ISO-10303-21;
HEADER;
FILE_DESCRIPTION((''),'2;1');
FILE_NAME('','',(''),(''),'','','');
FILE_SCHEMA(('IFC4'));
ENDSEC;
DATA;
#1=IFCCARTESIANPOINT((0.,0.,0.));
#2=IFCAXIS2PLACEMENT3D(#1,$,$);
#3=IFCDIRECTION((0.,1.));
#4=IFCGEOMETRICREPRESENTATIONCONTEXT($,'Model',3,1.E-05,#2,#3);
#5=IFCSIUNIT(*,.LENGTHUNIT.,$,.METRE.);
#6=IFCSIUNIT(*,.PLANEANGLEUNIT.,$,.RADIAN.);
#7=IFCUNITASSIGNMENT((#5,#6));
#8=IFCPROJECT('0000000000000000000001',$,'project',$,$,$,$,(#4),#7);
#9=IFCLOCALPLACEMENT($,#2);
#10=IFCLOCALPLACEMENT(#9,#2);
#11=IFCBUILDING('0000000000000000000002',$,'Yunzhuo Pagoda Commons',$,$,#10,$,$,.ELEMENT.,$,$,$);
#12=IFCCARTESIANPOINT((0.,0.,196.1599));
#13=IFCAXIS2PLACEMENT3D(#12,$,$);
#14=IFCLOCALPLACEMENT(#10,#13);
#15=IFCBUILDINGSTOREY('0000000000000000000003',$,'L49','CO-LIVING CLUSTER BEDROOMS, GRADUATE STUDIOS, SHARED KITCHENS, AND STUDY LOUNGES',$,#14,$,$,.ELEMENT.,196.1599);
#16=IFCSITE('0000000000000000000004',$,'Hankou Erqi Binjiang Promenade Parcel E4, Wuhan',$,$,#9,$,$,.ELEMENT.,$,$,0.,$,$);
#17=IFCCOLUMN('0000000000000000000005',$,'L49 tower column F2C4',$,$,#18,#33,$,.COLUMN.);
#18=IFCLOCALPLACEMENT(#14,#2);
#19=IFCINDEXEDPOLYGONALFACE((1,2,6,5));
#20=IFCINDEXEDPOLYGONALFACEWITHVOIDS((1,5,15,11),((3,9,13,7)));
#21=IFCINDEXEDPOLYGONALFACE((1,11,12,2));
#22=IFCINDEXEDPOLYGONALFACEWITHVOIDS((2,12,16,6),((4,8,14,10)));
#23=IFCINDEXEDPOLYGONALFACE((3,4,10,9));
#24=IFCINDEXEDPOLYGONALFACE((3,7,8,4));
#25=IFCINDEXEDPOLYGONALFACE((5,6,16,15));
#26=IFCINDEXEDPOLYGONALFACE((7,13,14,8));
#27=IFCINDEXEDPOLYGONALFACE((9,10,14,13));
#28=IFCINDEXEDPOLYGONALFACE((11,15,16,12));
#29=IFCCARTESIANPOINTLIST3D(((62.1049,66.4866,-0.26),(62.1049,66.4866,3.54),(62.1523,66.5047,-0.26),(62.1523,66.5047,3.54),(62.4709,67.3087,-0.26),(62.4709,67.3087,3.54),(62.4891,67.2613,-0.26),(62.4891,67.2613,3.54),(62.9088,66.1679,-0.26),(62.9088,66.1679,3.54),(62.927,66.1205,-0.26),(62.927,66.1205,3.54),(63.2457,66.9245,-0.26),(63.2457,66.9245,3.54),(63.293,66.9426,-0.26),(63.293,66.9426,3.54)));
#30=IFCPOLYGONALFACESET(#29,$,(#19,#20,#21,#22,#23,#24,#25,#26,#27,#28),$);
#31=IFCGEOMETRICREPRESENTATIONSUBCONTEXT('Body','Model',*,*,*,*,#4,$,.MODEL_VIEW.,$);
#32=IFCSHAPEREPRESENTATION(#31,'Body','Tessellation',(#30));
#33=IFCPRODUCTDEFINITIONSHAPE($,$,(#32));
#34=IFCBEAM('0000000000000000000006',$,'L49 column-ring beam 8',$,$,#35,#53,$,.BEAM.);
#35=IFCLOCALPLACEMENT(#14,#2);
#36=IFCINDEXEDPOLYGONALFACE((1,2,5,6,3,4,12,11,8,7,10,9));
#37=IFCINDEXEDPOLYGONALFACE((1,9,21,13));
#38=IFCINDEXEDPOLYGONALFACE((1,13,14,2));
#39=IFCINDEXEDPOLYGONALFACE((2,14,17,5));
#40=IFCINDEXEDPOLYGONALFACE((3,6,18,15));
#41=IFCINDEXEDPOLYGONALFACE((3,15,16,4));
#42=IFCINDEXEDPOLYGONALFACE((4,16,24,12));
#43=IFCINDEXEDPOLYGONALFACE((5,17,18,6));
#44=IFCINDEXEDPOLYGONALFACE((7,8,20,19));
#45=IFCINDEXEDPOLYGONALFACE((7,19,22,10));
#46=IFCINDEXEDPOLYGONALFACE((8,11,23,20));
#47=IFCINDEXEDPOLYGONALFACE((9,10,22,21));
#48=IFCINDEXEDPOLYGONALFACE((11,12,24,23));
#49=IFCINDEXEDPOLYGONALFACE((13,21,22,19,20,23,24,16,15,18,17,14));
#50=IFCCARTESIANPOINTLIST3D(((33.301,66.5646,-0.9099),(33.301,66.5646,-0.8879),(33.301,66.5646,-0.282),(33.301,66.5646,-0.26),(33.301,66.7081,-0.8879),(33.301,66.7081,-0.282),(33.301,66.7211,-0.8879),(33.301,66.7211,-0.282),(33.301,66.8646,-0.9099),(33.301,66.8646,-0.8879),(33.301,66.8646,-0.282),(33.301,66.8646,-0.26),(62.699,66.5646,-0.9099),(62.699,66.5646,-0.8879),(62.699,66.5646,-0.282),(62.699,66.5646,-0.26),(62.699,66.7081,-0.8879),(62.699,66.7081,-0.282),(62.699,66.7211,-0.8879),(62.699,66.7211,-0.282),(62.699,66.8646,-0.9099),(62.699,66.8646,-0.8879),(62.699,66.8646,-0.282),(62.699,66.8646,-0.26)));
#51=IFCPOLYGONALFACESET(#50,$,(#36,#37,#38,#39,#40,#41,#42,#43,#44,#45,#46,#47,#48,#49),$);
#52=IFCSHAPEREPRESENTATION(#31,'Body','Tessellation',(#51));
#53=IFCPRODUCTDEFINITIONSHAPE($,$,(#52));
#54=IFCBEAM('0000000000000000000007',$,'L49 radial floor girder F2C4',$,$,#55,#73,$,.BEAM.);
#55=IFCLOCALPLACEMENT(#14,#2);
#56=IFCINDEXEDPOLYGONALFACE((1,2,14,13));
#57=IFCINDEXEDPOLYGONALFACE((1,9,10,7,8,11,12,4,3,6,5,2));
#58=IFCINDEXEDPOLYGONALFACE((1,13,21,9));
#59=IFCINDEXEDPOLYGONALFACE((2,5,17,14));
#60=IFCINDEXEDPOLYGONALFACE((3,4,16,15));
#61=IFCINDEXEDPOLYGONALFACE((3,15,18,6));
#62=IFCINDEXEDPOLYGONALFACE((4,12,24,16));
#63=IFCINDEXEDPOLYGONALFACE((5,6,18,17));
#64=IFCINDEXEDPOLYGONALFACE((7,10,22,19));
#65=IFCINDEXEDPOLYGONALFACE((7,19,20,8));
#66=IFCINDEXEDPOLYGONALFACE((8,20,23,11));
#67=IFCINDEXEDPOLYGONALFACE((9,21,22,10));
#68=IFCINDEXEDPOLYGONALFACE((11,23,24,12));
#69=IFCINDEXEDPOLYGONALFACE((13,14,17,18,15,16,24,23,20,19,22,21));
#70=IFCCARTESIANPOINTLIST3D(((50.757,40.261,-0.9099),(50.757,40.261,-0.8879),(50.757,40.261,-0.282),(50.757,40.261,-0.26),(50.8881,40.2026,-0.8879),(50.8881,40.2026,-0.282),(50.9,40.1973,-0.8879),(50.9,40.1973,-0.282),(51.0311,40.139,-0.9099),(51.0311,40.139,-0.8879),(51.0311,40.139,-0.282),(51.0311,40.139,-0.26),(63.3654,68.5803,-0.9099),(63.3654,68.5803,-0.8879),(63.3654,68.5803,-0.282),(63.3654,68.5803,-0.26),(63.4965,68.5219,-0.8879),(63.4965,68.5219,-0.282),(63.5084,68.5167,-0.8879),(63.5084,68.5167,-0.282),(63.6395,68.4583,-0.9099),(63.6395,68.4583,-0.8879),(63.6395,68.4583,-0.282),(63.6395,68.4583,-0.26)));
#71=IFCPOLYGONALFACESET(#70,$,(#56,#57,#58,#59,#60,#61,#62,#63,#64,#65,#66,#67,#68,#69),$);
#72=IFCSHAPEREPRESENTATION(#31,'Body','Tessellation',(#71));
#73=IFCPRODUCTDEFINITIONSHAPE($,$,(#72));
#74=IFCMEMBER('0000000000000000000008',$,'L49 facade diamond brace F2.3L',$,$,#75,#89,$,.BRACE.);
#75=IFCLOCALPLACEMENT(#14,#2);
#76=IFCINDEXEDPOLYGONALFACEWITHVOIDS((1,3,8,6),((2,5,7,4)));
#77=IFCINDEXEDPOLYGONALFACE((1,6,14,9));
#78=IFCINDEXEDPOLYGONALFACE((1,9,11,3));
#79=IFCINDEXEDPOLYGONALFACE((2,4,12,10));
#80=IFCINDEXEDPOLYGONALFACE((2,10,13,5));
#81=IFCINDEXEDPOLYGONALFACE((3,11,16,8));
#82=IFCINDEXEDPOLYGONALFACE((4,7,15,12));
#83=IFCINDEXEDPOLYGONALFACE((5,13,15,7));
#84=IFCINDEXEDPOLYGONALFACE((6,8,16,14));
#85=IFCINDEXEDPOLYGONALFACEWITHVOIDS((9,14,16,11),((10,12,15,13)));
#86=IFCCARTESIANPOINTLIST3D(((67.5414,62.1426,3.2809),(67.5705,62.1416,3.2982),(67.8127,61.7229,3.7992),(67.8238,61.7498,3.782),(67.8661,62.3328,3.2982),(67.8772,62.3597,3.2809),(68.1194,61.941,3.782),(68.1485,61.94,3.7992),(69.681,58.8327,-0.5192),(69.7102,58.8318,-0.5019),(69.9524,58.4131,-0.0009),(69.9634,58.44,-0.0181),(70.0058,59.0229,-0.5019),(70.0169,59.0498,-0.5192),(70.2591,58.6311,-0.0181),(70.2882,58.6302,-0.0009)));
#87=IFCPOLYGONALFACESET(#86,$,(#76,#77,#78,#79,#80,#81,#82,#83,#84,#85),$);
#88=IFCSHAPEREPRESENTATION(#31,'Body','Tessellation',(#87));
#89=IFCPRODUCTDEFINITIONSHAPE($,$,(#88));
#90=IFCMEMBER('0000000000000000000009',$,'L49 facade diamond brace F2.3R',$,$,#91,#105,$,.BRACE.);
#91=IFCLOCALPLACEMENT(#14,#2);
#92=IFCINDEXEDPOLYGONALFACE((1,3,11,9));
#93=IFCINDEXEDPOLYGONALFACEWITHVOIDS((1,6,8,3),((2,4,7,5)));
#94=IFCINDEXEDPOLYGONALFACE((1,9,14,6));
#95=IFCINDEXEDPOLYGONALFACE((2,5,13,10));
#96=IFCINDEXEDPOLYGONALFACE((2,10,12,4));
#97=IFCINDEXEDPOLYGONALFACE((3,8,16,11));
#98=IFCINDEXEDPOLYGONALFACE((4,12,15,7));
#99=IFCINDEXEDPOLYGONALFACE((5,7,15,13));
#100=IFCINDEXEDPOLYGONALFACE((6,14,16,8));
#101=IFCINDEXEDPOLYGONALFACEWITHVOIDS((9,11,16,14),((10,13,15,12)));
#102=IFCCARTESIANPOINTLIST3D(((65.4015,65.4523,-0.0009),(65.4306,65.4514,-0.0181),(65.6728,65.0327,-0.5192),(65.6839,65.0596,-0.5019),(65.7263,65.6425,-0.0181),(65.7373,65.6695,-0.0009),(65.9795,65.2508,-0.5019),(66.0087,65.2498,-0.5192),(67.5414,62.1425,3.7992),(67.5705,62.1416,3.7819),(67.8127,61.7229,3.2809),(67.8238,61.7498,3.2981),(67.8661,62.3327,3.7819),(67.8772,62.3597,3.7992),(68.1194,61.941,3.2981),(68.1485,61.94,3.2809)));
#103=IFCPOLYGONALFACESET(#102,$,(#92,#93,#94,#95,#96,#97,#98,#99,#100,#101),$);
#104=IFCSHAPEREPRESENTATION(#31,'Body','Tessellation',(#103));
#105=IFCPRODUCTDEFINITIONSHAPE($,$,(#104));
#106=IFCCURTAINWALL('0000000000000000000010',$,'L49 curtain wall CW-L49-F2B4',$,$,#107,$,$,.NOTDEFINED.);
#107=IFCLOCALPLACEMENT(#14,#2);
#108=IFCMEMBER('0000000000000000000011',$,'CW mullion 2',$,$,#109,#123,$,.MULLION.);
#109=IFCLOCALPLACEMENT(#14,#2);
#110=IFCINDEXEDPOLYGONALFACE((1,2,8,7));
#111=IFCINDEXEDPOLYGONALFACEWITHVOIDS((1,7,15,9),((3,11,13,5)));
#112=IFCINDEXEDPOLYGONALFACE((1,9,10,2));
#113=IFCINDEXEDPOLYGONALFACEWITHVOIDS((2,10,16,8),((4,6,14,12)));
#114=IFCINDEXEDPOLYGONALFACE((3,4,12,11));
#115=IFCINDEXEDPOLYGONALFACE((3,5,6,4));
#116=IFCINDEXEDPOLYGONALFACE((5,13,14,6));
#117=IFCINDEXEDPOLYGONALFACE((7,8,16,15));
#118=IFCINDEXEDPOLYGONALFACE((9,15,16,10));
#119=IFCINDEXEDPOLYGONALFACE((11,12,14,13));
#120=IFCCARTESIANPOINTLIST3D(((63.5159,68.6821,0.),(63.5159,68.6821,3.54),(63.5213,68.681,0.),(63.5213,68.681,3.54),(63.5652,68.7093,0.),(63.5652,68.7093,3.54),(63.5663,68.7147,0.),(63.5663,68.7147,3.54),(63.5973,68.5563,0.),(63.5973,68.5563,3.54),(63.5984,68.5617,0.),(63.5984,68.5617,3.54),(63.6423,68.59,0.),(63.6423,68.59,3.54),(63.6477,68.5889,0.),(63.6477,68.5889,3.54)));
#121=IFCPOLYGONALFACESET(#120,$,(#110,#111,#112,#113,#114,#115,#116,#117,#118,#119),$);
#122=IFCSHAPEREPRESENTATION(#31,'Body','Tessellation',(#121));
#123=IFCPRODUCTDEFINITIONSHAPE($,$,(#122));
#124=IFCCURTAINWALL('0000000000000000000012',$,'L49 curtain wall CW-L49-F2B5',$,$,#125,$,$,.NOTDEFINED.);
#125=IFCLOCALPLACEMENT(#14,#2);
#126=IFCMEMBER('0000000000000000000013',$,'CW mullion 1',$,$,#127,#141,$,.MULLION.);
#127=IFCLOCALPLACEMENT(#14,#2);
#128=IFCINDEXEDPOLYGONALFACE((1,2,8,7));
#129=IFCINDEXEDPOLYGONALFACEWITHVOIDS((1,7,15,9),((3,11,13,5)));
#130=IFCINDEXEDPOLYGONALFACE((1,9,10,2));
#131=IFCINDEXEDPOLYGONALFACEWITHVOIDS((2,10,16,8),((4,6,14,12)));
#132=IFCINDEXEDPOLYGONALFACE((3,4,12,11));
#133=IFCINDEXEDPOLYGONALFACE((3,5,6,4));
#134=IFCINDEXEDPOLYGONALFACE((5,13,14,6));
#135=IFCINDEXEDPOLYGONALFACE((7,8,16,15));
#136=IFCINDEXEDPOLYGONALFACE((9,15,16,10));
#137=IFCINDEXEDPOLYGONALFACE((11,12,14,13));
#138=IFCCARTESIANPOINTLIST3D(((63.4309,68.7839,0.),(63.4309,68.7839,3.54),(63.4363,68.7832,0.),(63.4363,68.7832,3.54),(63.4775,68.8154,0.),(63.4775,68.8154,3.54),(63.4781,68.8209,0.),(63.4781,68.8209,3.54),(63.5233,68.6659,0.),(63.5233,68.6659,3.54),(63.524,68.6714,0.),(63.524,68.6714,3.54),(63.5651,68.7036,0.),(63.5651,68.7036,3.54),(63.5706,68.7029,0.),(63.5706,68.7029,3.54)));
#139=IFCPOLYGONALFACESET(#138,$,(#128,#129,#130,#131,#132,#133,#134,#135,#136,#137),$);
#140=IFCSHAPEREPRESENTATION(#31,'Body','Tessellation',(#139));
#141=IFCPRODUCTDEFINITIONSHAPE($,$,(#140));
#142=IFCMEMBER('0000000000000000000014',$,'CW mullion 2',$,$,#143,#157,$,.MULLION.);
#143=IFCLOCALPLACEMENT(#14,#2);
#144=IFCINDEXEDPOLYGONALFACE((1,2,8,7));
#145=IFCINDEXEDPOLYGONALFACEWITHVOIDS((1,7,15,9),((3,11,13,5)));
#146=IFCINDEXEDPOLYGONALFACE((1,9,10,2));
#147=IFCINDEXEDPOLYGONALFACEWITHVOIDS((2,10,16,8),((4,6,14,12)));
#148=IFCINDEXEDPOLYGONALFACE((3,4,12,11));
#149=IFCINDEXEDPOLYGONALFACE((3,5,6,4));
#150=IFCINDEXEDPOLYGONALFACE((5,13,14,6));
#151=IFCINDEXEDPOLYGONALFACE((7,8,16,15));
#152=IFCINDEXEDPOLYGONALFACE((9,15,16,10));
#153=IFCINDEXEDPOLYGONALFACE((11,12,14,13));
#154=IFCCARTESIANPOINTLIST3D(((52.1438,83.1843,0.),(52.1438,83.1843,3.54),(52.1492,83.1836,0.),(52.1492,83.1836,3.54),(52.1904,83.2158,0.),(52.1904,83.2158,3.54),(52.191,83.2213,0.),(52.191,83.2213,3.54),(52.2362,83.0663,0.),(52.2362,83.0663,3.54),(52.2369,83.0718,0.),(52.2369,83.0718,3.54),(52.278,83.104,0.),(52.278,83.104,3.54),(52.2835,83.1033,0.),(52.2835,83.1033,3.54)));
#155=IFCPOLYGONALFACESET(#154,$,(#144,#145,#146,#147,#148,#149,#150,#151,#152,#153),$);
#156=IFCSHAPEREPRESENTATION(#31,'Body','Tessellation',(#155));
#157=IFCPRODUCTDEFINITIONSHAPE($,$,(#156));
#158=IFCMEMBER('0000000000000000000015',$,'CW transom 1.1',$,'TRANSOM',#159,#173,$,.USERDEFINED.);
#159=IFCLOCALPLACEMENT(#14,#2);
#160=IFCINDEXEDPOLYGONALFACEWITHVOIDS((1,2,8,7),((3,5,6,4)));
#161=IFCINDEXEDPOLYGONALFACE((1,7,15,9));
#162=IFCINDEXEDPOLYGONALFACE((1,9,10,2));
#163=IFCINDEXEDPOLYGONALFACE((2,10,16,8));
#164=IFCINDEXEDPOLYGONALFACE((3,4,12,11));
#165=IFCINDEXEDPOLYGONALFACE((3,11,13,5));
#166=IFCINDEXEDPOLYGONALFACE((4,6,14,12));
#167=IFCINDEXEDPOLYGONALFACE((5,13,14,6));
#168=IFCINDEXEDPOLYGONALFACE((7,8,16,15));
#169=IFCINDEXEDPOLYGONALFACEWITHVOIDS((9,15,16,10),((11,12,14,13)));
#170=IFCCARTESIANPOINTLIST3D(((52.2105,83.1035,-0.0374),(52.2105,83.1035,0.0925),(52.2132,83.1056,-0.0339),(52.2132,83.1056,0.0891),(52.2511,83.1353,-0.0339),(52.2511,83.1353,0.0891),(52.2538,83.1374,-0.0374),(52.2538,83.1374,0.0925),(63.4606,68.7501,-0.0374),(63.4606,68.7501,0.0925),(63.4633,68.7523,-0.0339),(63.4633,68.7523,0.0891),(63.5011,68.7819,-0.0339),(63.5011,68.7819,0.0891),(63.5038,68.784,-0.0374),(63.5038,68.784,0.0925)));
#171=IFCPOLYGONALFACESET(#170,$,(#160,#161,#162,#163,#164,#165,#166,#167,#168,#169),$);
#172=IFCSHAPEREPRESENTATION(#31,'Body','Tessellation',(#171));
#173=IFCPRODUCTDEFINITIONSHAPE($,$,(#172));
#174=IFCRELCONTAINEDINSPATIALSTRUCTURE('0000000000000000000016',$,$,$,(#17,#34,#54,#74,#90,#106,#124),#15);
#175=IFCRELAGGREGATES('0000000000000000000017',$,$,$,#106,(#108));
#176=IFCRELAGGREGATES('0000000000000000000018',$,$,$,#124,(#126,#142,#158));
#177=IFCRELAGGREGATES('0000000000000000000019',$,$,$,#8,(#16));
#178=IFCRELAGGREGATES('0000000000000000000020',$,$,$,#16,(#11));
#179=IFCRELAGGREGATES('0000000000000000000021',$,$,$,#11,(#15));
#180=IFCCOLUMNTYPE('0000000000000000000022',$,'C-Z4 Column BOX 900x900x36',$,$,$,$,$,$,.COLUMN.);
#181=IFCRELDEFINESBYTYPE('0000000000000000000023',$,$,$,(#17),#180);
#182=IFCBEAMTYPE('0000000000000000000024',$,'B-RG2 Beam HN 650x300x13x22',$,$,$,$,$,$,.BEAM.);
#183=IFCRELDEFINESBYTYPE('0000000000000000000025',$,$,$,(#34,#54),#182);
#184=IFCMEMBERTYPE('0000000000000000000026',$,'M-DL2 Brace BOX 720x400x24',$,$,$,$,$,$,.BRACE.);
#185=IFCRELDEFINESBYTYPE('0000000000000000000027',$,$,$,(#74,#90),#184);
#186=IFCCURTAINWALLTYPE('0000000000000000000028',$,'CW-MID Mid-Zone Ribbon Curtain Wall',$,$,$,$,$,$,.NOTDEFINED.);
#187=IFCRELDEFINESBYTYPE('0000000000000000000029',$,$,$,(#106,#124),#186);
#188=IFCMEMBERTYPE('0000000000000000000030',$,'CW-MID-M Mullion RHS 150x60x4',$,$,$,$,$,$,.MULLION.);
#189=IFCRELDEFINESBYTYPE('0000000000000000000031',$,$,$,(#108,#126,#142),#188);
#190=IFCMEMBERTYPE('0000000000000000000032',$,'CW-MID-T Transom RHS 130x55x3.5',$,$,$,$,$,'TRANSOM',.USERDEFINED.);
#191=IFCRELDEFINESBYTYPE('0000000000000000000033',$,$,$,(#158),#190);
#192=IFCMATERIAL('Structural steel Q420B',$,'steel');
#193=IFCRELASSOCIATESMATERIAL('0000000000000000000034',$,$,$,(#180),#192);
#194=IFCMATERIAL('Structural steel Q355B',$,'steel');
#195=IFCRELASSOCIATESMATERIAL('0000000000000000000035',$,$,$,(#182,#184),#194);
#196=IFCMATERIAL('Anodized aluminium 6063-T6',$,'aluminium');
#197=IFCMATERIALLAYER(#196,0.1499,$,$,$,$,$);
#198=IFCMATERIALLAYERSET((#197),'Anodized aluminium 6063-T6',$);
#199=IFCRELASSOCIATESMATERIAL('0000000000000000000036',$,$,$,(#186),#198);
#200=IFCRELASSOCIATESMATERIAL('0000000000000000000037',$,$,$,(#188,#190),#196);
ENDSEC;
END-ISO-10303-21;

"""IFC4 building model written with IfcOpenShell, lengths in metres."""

from ifc_helpers import new_model, si_unit, direction, frame, origin, origin_2d, place, context, subcontext, project, spatial, hollow_rectangle, i_section, extrude, source, transform, mapped, material, layer, layer_set, material_profile, profile_set, type_object, element, aggregate, save


model = new_model("IFC4")

# Units and contexts
model_context = context("Model", 3, precision=1e-05, world=origin(), true_north=direction((0.0, 1.0)))
body_context = subcontext(model_context, "Body", "Model", "MODEL_VIEW")
ifc_project = project(units=[si_unit("LENGTHUNIT", "METRE"), si_unit("PLANEANGLEUNIT", "RADIAN")], contexts=[model_context])

# Site, building, storey
site_placement = place(None, origin())
site = spatial("IfcSite", under=ifc_project, at=site_placement, Name="Hankou Erqi Binjiang Promenade Parcel E4, Wuhan", CompositionType="ELEMENT", RefElevation=0.0)
building_placement = place(site_placement, origin())
building = spatial("IfcBuilding", under=site, at=building_placement, Name="Yunzhuo Pagoda Commons", CompositionType="ELEMENT")
storey_placement = place(building_placement, frame((0.0, 0.0, 196.1599)))
storey = spatial("IfcBuildingStorey", under=building, at=storey_placement, Name="L49", Description="CO-LIVING CLUSTER BEDROOMS, GRADUATE STUDIOS, SHARED KITCHENS, AND STUDY LOUNGES", CompositionType="ELEMENT", Elevation=196.1599)

# Column
ifc_material_1 = material(Name="Structural steel Q420B", Category="steel")
ifc_material_profile_1 = material_profile(ifc_material_1, hollow_rectangle(XDim=0.8999, YDim=0.8999, WallThickness=0.0359, at=origin_2d()), Name="Structural steel Q420B")
ifc_profile_set_1 = profile_set([ifc_material_profile_1], Name="Structural steel Q420B")
column_type = type_object("IfcColumnType", Name="C-Z4 Column BOX 900x900x36", PredefinedType="COLUMN", material=ifc_profile_set_1)
shared_shape_1 = source(origin(), body_context, "Body", "SweptSolid", [
    extrude(hollow_rectangle(XDim=0.8999, YDim=0.8999, WallThickness=0.0359, at=origin_2d()), origin(), (0.0, 0.0, 1.0), 3.8),
])
column_placement = place(storey_placement, frame((62.699, 66.7146, -0.26), z_axis=(0.0, 0.0, 1.0), x_axis=(-0.913545, 0.406737, 0.0)))
element("IfcColumn", 1, at=column_placement, inside=storey, type_object=column_type, Name="L49 tower column F2C4", PredefinedType="COLUMN", context=body_context, shape_type="MappedRepresentation", body=[
    mapped(shared_shape_1, transform((0.0, 0.0, 0.0), scale=1.0)),
])

# Beams
ifc_material_2 = material(Name="Structural steel Q355B", Category="steel")
ifc_material_profile_2 = material_profile(ifc_material_2, i_section(OverallWidth=0.3, OverallDepth=0.6499, WebThickness=0.0129, FlangeThickness=0.022, at=origin_2d()), Name="Structural steel Q355B")
ifc_profile_set_2 = profile_set([ifc_material_profile_2], Name="Structural steel Q355B")
beam_type = type_object("IfcBeamType", Name="B-RG2 Beam HN 650x300x13x22", PredefinedType="BEAM", material=ifc_profile_set_2)
shared_shape_2 = source(origin(), body_context, "Body", "SweptSolid", [
    extrude(i_section(OverallWidth=0.3, OverallDepth=0.6499, WebThickness=0.0129, FlangeThickness=0.022, at=origin_2d()), origin(), (0.0, 0.0, 1.0), 29.3979),
])
beam_1_placement = place(storey_placement, frame((62.699, 66.7146, -0.585), z_axis=(-1.0, 0.0, 0.0), x_axis=(0.0, -1.0, 0.0)))
element("IfcBeam", 2, at=beam_1_placement, inside=storey, type_object=beam_type, Name="L49 column-ring beam 8", PredefinedType="BEAM", context=body_context, shape_type="MappedRepresentation", body=[
    mapped(shared_shape_2, transform((0.0, 0.0, 0.0), scale=1.0)),
])
shared_shape_3 = source(origin(), body_context, "Body", "SweptSolid", [
    extrude(i_section(OverallWidth=0.3, OverallDepth=0.6499, WebThickness=0.0129, FlangeThickness=0.022, at=origin_2d()), origin(), (0.0, 0.0, 1.0), 30.9993),
])
beam_2_placement = place(storey_placement, frame((63.5024, 68.5193, -0.585), z_axis=(-0.406732, -0.913548, 0.0), x_axis=(0.913548, -0.406732, 0.0)))
element("IfcBeam", 3, at=beam_2_placement, inside=storey, type_object=beam_type, Name="L49 radial floor girder F2C4", PredefinedType="BEAM", context=body_context, shape_type="MappedRepresentation", body=[
    mapped(shared_shape_3, transform((0.0, 0.0, 0.0), scale=1.0)),
])

# Members
ifc_material_profile_3 = material_profile(ifc_material_2, hollow_rectangle(XDim=0.3999, YDim=0.72, WallThickness=0.0239, at=origin_2d()), Name="Structural steel Q355B")
ifc_profile_set_3 = profile_set([ifc_material_profile_3], Name="Structural steel Q355B")
member_type_1 = type_object("IfcMemberType", Name="M-DL2 Brace BOX 720x400x24", PredefinedType="BRACE", material=ifc_profile_set_3)
shared_shape_4 = source(origin(), body_context, "Body", "SweptSolid", [
    extrude(hollow_rectangle(XDim=0.3999, YDim=0.72, WallThickness=0.0239, at=origin_2d()), origin(), (0.0, 0.0, 1.0), 5.4749),
])
for number, where, z_axis, x_axis, name in (
    (4, (69.9846, 58.7314, -0.26), (-0.390818, 0.604555, 0.694099), (-0.839801, -0.542894, 0.0), "L49 facade diamond brace F2.3L"),
    (5, (65.7051, 65.3511, -0.26), (0.390856, -0.604545, 0.694087), (0.839773, 0.542938, 0.0), "L49 facade diamond brace F2.3R"),
):
    element("IfcMember", number, at=place(storey_placement, frame(where, z_axis=z_axis, x_axis=x_axis)), inside=storey, type_object=member_type_1, Name=name, PredefinedType="BRACE", context=body_context, shape_type="MappedRepresentation", body=[
        mapped(shared_shape_4, transform((0.0, 0.0, 0.0), scale=1.0)),
    ])

# Curtain wall, member
ifc_material_3 = material(Name="Anodized aluminium 6063-T6", Category="aluminium")
ifc_layer_1 = layer(ifc_material_3, 0.1499)
ifc_layer_set_1 = layer_set([ifc_layer_1], Name="Anodized aluminium 6063-T6")
curtain_wall_type = type_object("IfcCurtainWallType", Name="CW-MID Mid-Zone Ribbon Curtain Wall", PredefinedType="NOTDEFINED", material=ifc_layer_set_1)
curtain_wall_1_placement = place(storey_placement, origin())
curtain_wall_1 = element("IfcCurtainWall", 6, at=curtain_wall_1_placement, inside=storey, type_object=curtain_wall_type, Name="L49 curtain wall CW-L49-F2B4", PredefinedType="NOTDEFINED")
ifc_material_profile_4 = material_profile(ifc_material_3, hollow_rectangle(XDim=0.0601, YDim=0.1499, WallThickness=0.0039, at=origin_2d()), Name="Anodized aluminium 6063-T6")
ifc_profile_set_4 = profile_set([ifc_material_profile_4], Name="Anodized aluminium 6063-T6")
member_type_2 = type_object("IfcMemberType", Name="CW-MID-M Mullion RHS 150x60x4", PredefinedType="MULLION", material=ifc_profile_set_4)
shared_shape_5 = source(origin(), body_context, "Body", "SweptSolid", [
    extrude(hollow_rectangle(XDim=0.0601, YDim=0.1499, WallThickness=0.0039, at=origin_2d()), origin(), (0.0, 0.0, 1.0), 3.54),
])
member_1_placement = place(storey_placement, frame((63.5818, 68.6355, 0.0), z_axis=(0.0, 0.0, 1.0), x_axis=(-0.839794, -0.542905, 0.0)))
member_1 = element("IfcMember", 7, at=member_1_placement, type_object=member_type_2, Name="CW mullion 2", PredefinedType="MULLION", context=body_context, shape_type="MappedRepresentation", body=[
    mapped(shared_shape_5, transform((0.0, 0.0, 0.0), scale=1.0)),
])

# Curtain wall, members
curtain_wall_2_placement = place(storey_placement, origin())
curtain_wall_2 = element("IfcCurtainWall", 8, at=curtain_wall_2_placement, inside=storey, type_object=curtain_wall_type, Name="L49 curtain wall CW-L49-F2B5", PredefinedType="NOTDEFINED")
member_2_placement = place(storey_placement, frame((63.5007, 68.7434, 0.0), z_axis=(0.0, 0.0, 1.0), x_axis=(-0.78705, -0.616889, 0.0)))
member_2 = element("IfcMember", 9, at=member_2_placement, type_object=member_type_2, Name="CW mullion 1", PredefinedType="MULLION", context=body_context, shape_type="MappedRepresentation", body=[
    mapped(shared_shape_5, transform((0.0, 0.0, 0.0), scale=1.0)),
])
member_3_placement = place(storey_placement, frame((52.2136, 83.1438, 0.0), z_axis=(0.0, 0.0, 1.0), x_axis=(-0.78705, -0.616889, 0.0)))
member_3 = element("IfcMember", 10, at=member_3_placement, type_object=member_type_2, Name="CW mullion 2", PredefinedType="MULLION", context=body_context, shape_type="MappedRepresentation", body=[
    mapped(shared_shape_5, transform((0.0, 0.0, 0.0), scale=1.0)),
])
ifc_material_profile_5 = material_profile(ifc_material_3, hollow_rectangle(XDim=0.0549, YDim=0.1299, WallThickness=0.0034, at=origin_2d()), Name="Anodized aluminium 6063-T6")
ifc_profile_set_5 = profile_set([ifc_material_profile_5], Name="Anodized aluminium 6063-T6")
member_type_3 = type_object("IfcMemberType", Name="CW-MID-T Transom RHS 130x55x3.5", ElementType="TRANSOM", PredefinedType="USERDEFINED", material=ifc_profile_set_5)
shared_shape_6 = source(origin(), body_context, "Body", "SweptSolid", [
    extrude(hollow_rectangle(XDim=0.0549, YDim=0.1299, WallThickness=0.0034, at=origin_2d()), origin(), (0.0, 0.0, 1.0), 18.2368),
])
member_4_placement = place(storey_placement, frame((63.4822, 68.7671, 0.0276), z_axis=(-0.616886, 0.787052, 0.0), x_axis=(-0.787052, -0.616886, 0.0)))
member_4 = element("IfcMember", 11, at=member_4_placement, type_object=member_type_3, Name="CW transom 1.1", ObjectType="TRANSOM", PredefinedType="USERDEFINED", context=body_context, shape_type="MappedRepresentation", body=[
    mapped(shared_shape_6, transform((0.0, 0.0, 0.0), scale=1.0)),
])

aggregate(curtain_wall_1, [member_1])
aggregate(curtain_wall_2, [member_2, member_3, member_4])

save(model, "model.ifc")
